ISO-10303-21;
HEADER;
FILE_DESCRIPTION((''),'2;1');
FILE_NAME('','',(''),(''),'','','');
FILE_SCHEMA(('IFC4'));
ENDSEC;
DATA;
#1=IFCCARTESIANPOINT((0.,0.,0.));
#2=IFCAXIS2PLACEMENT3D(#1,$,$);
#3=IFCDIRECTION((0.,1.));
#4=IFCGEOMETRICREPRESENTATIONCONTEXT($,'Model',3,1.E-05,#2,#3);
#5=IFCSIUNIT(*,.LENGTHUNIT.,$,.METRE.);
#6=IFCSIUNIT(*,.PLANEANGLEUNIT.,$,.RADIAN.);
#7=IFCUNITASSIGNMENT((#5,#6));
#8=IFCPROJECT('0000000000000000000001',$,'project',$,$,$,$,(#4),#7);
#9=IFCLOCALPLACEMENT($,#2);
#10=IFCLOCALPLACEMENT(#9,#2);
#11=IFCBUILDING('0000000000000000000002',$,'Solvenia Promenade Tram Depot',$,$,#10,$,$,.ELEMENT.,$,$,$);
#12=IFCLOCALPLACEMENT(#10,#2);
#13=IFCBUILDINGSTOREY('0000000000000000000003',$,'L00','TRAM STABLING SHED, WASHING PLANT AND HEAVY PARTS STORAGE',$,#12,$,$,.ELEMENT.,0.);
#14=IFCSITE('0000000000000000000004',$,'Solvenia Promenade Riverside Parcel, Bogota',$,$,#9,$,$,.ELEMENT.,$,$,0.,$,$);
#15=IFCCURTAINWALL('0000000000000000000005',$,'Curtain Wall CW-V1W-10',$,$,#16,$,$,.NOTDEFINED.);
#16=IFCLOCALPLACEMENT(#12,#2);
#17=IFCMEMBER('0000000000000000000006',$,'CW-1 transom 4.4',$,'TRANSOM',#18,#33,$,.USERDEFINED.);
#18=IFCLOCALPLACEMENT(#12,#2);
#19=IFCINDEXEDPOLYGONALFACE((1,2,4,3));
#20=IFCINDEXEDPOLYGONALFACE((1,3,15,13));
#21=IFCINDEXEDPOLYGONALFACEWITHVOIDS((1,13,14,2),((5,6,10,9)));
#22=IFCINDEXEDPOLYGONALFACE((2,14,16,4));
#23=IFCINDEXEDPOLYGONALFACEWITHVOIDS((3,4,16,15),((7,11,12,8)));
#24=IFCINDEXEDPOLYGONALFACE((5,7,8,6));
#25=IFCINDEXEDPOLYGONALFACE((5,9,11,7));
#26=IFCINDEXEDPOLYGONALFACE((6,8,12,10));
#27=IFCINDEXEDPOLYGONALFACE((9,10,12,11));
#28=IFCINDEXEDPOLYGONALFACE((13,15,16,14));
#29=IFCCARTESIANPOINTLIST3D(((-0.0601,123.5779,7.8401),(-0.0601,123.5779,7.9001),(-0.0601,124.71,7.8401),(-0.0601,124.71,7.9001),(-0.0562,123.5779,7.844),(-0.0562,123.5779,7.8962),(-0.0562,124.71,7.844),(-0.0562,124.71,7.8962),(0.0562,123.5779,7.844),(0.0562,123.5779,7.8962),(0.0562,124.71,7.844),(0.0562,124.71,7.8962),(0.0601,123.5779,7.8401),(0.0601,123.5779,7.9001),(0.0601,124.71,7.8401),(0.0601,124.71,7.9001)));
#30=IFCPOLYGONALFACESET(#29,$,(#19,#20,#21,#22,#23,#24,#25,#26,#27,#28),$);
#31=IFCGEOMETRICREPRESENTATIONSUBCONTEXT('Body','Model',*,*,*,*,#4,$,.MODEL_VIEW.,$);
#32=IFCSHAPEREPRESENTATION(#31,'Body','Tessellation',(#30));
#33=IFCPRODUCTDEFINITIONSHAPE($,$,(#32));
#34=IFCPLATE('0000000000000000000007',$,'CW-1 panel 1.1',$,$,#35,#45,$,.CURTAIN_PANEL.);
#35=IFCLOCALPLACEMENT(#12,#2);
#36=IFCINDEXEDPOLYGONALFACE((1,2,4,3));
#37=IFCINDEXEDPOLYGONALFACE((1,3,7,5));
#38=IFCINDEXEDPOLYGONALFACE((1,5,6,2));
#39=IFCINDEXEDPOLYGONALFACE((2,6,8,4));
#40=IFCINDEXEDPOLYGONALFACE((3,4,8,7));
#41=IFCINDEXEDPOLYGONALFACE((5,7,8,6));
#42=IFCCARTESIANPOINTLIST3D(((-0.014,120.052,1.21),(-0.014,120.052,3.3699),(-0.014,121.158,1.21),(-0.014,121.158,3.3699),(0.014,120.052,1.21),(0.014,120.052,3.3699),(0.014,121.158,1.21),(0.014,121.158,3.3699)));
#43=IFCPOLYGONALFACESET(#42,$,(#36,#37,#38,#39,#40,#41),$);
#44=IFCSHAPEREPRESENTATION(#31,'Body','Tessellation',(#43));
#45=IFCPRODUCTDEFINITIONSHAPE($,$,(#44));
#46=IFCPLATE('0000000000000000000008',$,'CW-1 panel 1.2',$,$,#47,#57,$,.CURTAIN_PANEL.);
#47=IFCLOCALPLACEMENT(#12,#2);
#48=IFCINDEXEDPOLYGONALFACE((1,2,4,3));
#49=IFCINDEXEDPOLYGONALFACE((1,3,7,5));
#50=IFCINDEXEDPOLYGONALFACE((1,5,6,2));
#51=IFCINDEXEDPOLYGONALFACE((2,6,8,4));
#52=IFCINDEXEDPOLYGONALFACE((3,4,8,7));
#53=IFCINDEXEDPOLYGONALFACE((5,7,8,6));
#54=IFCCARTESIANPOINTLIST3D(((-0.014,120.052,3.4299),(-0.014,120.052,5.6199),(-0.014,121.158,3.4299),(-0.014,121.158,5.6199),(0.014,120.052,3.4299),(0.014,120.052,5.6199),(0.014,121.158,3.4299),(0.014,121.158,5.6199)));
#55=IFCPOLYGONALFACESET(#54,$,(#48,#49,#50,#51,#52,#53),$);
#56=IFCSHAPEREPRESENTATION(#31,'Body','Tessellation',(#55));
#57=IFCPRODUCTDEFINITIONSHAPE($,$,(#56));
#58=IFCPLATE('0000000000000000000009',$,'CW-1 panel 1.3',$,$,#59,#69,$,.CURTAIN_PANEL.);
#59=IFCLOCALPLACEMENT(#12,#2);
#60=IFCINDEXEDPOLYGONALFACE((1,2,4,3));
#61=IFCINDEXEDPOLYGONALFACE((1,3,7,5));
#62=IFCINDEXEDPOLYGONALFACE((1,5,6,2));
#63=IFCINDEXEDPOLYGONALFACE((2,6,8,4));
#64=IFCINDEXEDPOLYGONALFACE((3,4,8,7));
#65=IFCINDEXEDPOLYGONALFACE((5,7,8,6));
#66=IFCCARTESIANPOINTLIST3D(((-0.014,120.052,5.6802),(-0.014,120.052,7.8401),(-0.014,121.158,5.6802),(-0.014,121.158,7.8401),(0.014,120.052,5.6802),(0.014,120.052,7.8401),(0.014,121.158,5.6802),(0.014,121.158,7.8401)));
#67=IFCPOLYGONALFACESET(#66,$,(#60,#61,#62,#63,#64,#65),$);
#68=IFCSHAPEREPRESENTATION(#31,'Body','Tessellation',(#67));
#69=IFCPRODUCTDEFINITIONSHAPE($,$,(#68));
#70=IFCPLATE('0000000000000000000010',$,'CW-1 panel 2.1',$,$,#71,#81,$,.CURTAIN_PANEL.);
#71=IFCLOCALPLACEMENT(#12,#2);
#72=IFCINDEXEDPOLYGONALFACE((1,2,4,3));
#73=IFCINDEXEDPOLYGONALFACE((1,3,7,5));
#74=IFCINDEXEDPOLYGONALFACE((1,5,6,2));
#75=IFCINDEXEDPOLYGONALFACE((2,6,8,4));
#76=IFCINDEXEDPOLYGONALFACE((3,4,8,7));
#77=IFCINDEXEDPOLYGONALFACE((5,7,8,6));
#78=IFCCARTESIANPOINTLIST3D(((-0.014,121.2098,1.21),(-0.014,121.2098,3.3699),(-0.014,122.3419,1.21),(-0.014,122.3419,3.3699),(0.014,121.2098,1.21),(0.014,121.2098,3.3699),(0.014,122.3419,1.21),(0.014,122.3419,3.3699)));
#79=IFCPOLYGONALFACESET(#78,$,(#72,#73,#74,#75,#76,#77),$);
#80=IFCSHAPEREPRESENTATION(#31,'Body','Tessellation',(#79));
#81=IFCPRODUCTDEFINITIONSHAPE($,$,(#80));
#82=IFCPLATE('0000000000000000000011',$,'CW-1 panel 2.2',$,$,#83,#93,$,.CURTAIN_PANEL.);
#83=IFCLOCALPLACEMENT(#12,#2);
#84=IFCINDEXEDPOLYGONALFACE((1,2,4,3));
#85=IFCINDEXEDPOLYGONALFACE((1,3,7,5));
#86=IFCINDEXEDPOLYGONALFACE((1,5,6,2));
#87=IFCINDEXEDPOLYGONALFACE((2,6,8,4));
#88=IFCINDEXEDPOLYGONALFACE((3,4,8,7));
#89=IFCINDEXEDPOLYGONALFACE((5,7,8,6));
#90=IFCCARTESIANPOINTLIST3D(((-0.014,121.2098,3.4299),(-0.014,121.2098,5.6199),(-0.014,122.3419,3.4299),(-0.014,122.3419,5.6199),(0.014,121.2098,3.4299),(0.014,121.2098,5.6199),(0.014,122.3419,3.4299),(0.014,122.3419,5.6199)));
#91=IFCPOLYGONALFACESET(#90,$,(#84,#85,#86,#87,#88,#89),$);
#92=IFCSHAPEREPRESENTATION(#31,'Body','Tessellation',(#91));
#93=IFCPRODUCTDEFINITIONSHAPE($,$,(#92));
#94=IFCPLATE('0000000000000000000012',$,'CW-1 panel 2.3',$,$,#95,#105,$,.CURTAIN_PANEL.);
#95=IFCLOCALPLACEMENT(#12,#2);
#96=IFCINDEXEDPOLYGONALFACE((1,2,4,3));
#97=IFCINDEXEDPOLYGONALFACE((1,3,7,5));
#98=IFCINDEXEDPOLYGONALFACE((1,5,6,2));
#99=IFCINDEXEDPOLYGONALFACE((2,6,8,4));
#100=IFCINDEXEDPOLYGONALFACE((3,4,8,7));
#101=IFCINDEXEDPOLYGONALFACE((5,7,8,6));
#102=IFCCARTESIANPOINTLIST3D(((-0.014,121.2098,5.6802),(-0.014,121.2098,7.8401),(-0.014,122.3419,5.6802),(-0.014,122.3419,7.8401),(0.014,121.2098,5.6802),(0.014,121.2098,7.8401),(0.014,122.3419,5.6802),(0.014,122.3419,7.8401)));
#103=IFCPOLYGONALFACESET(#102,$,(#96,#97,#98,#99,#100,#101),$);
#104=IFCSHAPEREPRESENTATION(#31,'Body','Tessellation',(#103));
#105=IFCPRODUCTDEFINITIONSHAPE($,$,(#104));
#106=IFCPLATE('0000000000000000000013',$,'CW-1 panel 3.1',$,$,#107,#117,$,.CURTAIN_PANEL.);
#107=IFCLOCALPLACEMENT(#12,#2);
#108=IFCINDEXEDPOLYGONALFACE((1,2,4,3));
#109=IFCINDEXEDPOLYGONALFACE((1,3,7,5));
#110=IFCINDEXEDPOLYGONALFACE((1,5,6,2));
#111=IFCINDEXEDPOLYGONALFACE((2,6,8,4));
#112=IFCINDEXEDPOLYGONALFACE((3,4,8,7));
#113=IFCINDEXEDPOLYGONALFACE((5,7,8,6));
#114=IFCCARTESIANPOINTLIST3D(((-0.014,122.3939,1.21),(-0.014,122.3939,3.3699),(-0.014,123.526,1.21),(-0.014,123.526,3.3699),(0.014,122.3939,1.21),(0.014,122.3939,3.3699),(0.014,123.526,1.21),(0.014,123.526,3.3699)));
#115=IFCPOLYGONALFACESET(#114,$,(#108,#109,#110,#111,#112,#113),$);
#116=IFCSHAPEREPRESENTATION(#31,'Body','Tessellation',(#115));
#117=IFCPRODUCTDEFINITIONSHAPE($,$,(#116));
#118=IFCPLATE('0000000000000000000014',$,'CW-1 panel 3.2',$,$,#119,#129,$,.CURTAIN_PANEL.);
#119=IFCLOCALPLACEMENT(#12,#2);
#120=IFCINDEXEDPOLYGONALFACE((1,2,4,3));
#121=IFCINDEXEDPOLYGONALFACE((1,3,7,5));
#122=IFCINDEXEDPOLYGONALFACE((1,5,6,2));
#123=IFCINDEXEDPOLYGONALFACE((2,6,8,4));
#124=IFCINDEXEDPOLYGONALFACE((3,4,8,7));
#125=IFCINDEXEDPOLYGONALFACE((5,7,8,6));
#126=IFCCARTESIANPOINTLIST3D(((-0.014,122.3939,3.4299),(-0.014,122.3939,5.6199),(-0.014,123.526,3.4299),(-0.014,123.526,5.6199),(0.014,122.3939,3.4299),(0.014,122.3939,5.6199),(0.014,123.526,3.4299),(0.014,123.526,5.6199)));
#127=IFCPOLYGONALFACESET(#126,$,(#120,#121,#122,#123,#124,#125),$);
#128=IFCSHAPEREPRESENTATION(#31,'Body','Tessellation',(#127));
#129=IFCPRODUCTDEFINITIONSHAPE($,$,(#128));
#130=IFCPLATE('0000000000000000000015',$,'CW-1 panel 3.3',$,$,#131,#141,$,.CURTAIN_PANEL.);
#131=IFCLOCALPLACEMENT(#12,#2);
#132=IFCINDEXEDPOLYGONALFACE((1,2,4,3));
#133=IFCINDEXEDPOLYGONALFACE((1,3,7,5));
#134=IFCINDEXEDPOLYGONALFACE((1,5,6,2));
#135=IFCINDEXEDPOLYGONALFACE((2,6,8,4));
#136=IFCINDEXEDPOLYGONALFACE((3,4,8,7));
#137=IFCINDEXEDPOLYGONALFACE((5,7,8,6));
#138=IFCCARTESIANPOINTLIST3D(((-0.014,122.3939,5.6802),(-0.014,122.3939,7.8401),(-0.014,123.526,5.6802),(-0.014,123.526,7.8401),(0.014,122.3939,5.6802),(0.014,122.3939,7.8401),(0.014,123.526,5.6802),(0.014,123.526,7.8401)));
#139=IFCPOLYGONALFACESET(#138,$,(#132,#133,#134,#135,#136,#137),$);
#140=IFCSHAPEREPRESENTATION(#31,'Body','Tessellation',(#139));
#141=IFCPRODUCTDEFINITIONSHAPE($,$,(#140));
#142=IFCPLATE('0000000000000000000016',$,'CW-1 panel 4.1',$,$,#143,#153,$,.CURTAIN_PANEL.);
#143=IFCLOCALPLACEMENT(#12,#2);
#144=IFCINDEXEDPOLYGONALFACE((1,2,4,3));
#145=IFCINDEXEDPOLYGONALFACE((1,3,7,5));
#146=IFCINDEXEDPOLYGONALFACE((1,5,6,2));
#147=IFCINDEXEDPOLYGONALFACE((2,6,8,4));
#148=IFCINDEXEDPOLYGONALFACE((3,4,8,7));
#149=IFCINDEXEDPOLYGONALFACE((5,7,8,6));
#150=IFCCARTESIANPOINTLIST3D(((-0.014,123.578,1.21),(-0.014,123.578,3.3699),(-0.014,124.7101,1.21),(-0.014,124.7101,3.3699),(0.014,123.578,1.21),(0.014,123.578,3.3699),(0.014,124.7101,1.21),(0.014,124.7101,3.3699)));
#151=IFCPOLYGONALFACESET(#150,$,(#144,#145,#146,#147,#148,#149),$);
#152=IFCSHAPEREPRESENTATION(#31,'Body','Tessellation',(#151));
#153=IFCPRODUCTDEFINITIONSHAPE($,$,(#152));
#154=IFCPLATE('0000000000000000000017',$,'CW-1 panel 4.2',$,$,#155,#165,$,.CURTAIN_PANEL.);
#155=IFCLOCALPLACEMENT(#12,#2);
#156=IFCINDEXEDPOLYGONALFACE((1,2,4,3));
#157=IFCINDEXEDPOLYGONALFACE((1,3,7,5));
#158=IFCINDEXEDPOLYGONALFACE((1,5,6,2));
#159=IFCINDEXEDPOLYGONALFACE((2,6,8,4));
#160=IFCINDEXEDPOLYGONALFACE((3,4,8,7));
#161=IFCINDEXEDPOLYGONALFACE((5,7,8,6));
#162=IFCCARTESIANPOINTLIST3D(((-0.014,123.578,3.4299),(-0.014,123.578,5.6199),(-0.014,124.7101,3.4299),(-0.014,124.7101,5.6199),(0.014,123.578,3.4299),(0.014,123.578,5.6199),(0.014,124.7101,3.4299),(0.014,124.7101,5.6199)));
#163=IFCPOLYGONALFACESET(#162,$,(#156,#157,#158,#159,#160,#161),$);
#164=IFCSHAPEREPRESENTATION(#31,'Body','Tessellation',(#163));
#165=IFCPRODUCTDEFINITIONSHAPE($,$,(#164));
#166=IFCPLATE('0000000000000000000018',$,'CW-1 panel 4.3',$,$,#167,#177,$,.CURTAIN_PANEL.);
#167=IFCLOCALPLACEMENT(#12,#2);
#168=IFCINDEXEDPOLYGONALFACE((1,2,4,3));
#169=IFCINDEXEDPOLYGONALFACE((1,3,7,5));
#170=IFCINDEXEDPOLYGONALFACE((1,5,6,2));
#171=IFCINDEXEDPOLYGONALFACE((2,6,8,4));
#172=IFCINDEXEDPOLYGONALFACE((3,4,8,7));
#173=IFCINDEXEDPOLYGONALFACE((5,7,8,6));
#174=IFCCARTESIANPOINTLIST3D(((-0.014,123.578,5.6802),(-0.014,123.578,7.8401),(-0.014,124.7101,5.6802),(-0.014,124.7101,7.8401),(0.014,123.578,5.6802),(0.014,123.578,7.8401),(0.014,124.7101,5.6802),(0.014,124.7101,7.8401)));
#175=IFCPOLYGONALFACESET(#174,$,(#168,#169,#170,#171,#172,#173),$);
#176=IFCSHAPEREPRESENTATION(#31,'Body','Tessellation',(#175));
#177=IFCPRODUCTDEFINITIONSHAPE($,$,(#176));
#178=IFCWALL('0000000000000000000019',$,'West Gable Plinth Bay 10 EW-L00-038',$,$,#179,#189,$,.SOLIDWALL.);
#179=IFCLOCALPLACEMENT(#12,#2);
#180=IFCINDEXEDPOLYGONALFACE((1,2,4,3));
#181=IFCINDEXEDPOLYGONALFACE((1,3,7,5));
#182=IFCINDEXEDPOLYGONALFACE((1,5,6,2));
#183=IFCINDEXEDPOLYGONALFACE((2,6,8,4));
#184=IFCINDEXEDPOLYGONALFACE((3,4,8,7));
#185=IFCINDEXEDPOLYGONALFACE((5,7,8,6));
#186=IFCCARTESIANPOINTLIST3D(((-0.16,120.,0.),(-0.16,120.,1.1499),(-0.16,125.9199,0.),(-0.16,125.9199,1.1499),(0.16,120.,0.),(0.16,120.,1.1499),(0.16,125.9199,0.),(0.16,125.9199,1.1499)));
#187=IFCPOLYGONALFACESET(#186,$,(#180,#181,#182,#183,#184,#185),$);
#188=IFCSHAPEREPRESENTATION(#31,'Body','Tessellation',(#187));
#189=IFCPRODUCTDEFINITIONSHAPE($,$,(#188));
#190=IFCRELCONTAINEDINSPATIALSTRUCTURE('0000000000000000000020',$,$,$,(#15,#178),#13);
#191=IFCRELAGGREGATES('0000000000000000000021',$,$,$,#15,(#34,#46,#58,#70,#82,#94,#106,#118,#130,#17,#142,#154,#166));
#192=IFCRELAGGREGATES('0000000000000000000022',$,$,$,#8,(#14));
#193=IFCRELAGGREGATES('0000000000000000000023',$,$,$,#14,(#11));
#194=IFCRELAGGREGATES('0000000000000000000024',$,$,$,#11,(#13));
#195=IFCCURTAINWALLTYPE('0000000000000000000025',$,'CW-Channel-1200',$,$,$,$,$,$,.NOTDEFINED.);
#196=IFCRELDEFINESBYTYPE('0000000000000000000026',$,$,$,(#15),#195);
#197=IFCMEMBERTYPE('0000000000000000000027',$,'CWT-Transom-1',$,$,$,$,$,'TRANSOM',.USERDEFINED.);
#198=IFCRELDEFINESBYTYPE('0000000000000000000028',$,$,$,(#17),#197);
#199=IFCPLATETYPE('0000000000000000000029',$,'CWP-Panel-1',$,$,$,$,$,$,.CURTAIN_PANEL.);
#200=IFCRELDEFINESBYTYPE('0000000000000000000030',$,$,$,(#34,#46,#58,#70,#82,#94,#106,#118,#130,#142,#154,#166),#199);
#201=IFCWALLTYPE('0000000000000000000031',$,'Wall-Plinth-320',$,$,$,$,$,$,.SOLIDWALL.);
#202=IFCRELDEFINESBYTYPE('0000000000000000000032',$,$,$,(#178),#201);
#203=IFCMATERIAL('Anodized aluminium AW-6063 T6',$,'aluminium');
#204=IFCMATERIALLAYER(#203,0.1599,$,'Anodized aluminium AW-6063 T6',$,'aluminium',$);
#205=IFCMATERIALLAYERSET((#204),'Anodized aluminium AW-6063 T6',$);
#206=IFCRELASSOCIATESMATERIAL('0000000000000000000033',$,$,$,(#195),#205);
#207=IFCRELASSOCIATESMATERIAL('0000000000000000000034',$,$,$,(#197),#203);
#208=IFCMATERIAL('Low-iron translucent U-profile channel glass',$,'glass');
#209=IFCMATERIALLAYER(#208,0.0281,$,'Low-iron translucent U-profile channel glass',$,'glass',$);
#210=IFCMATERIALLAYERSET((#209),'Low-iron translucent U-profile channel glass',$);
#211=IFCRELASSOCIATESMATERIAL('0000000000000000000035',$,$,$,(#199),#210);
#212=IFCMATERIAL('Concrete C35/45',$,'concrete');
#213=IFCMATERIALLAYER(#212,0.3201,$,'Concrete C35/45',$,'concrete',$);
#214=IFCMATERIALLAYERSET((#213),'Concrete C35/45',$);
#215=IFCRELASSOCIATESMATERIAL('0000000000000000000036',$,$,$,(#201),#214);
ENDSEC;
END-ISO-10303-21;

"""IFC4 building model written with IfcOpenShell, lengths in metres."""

from ifc_helpers import new_model, si_unit, direction, frame, frame_2d, origin, origin_2d, place, context, subcontext, project, spatial, rectangle, hollow_rectangle, extrude, material, layer, layer_set, material_profile, profile_set, type_object, element, aggregate, save


model = new_model("IFC4")

# Units and contexts
model_context = context("Model", 3, precision=1e-05, world=origin(), true_north=direction((0.0, 1.0)))
body_context = subcontext(model_context, "Body", "Model", "MODEL_VIEW")
ifc_project = project(units=[si_unit("LENGTHUNIT", "METRE"), si_unit("PLANEANGLEUNIT", "RADIAN")], contexts=[model_context])

# Site, building, storey
site_placement = place(None, origin())
site = spatial("IfcSite", under=ifc_project, at=site_placement, Name="Solvenia Promenade Riverside Parcel, Bogota", CompositionType="ELEMENT", RefElevation=0.0)
building_placement = place(site_placement, origin())
building = spatial("IfcBuilding", under=site, at=building_placement, Name="Solvenia Promenade Tram Depot", CompositionType="ELEMENT")
storey_placement = place(building_placement, origin())
storey = spatial("IfcBuildingStorey", under=building, at=storey_placement, Name="L00", Description="TRAM STABLING SHED, WASHING PLANT AND HEAVY PARTS STORAGE", CompositionType="ELEMENT", Elevation=0.0)

# Curtain wall, member, plates
ifc_material_1 = material(Name="Anodized aluminium AW-6063 T6", Category="aluminium")
ifc_layer_1 = layer(ifc_material_1, 0.1599, Name="Anodized aluminium AW-6063 T6", Category="aluminium")
ifc_layer_set_1 = layer_set([ifc_layer_1], Name="Anodized aluminium AW-6063 T6")
curtain_wall_type = type_object("IfcCurtainWallType", Name="CW-Channel-1200", PredefinedType="NOTDEFINED", material=ifc_layer_set_1)
curtain_wall_placement = place(storey_placement, origin())
curtain_wall = element("IfcCurtainWall", 1, at=curtain_wall_placement, inside=storey, type_object=curtain_wall_type, Name="Curtain Wall CW-V1W-10", PredefinedType="NOTDEFINED")
ifc_material_profile_1 = material_profile(ifc_material_1, hollow_rectangle(XDim=0.1201, YDim=0.0601, WallThickness=0.0039, at=origin_2d()), Name="ALU-T1", Category="aluminium")
ifc_profile_set_1 = profile_set([ifc_material_profile_1], Name="Anodized aluminium AW-6063 T6")
member_type_1 = type_object("IfcMemberType", Name="CWT-Transom-1", ElementType="TRANSOM", PredefinedType="USERDEFINED", material=ifc_profile_set_1)
member_1_placement = place(storey_placement, frame((0.0, 123.5779, 7.8701), z_axis=(0.0, 1.0, 0.0), x_axis=(-1.0, 0.0, 0.0)))
member_1 = element("IfcMember", 2, at=member_1_placement, type_object=member_type_1, Name="CW-1 transom 4.4", ObjectType="TRANSOM", PredefinedType="USERDEFINED", context=body_context, shape_type="SweptSolid", body=[
    extrude(hollow_rectangle(XDim=0.1201, YDim=0.0601, WallThickness=0.0039, at=origin_2d()), origin(), (0.0, 0.0, 1.0), 1.1321),
])
ifc_material_2 = material(Name="Low-iron translucent U-profile channel glass", Category="glass")
ifc_layer_2 = layer(ifc_material_2, 0.0281, Name="Low-iron translucent U-profile channel glass", Category="glass")
ifc_layer_set_2 = layer_set([ifc_layer_2], Name="Low-iron translucent U-profile channel glass")
plate_type = type_object("IfcPlateType", Name="CWP-Panel-1", PredefinedType="CURTAIN_PANEL", material=ifc_layer_set_2)
plate_1_placement = place(storey_placement, frame((0.0, 120.605, 1.21), z_axis=(0.0, 0.0, 1.0), x_axis=(0.0, 1.0, 0.0)))
plate_1 = element("IfcPlate", 3, at=plate_1_placement, type_object=plate_type, Name="CW-1 panel 1.1", PredefinedType="CURTAIN_PANEL", context=body_context, shape_type="SweptSolid", body=[
    extrude(rectangle(XDim=1.106, YDim=0.0281, at=origin_2d()), origin(), (0.0, 0.0, 1.0), 2.1599),
])
plate_2_placement = place(storey_placement, frame((0.0, 120.605, 3.4299), z_axis=(0.0, 0.0, 1.0), x_axis=(0.0, 1.0, 0.0)))
plate_2 = element("IfcPlate", 4, at=plate_2_placement, type_object=plate_type, Name="CW-1 panel 1.2", PredefinedType="CURTAIN_PANEL", context=body_context, shape_type="SweptSolid", body=[
    extrude(rectangle(XDim=1.106, YDim=0.0281, at=origin_2d()), origin(), (0.0, 0.0, 1.0), 2.1899),
])
plate_3_placement = place(storey_placement, frame((0.0, 120.605, 5.6802), z_axis=(0.0, 0.0, 1.0), x_axis=(0.0, 1.0, 0.0)))
plate_3 = element("IfcPlate", 5, at=plate_3_placement, type_object=plate_type, Name="CW-1 panel 1.3", PredefinedType="CURTAIN_PANEL", context=body_context, shape_type="SweptSolid", body=[
    extrude(rectangle(XDim=1.106, YDim=0.0281, at=origin_2d()), origin(), (0.0, 0.0, 1.0), 2.1599),
])
plate_4_placement = place(storey_placement, frame((0.0, 121.7759, 1.21), z_axis=(0.0, 0.0, 1.0), x_axis=(0.0, 1.0, 0.0)))
plate_4 = element("IfcPlate", 6, at=plate_4_placement, type_object=plate_type, Name="CW-1 panel 2.1", PredefinedType="CURTAIN_PANEL", context=body_context, shape_type="SweptSolid", body=[
    extrude(rectangle(XDim=1.1321, YDim=0.0281, at=origin_2d()), origin(), (0.0, 0.0, 1.0), 2.1599),
])
plate_5_placement = place(storey_placement, frame((0.0, 121.7759, 3.4299), z_axis=(0.0, 0.0, 1.0), x_axis=(0.0, 1.0, 0.0)))
plate_5 = element("IfcPlate", 7, at=plate_5_placement, type_object=plate_type, Name="CW-1 panel 2.2", PredefinedType="CURTAIN_PANEL", context=body_context, shape_type="SweptSolid", body=[
    extrude(rectangle(XDim=1.1321, YDim=0.0281, at=origin_2d()), origin(), (0.0, 0.0, 1.0), 2.1899),
])
plate_6_placement = place(storey_placement, frame((0.0, 121.7759, 5.6802), z_axis=(0.0, 0.0, 1.0), x_axis=(0.0, 1.0, 0.0)))
plate_6 = element("IfcPlate", 8, at=plate_6_placement, type_object=plate_type, Name="CW-1 panel 2.3", PredefinedType="CURTAIN_PANEL", context=body_context, shape_type="SweptSolid", body=[
    extrude(rectangle(XDim=1.1321, YDim=0.0281, at=origin_2d()), origin(), (0.0, 0.0, 1.0), 2.1599),
])
plate_7_placement = place(storey_placement, frame((0.0, 122.96, 1.21), z_axis=(0.0, 0.0, 1.0), x_axis=(0.0, 1.0, 0.0)))
plate_7 = element("IfcPlate", 9, at=plate_7_placement, type_object=plate_type, Name="CW-1 panel 3.1", PredefinedType="CURTAIN_PANEL", context=body_context, shape_type="SweptSolid", body=[
    extrude(rectangle(XDim=1.1321, YDim=0.0281, at=origin_2d()), origin(), (0.0, 0.0, 1.0), 2.1599),
])
plate_8_placement = place(storey_placement, frame((0.0, 122.96, 3.4299), z_axis=(0.0, 0.0, 1.0), x_axis=(0.0, 1.0, 0.0)))
plate_8 = element("IfcPlate", 10, at=plate_8_placement, type_object=plate_type, Name="CW-1 panel 3.2", PredefinedType="CURTAIN_PANEL", context=body_context, shape_type="SweptSolid", body=[
    extrude(rectangle(XDim=1.1321, YDim=0.0281, at=origin_2d()), origin(), (0.0, 0.0, 1.0), 2.1899),
])
plate_9_placement = place(storey_placement, frame((0.0, 122.96, 5.6802), z_axis=(0.0, 0.0, 1.0), x_axis=(0.0, 1.0, 0.0)))
plate_9 = element("IfcPlate", 11, at=plate_9_placement, type_object=plate_type, Name="CW-1 panel 3.3", PredefinedType="CURTAIN_PANEL", context=body_context, shape_type="SweptSolid", body=[
    extrude(rectangle(XDim=1.1321, YDim=0.0281, at=origin_2d()), origin(), (0.0, 0.0, 1.0), 2.1599),
])
plate_10_placement = place(storey_placement, frame((0.0, 124.144, 1.21), z_axis=(0.0, 0.0, 1.0), x_axis=(0.0, 1.0, 0.0)))
plate_10 = element("IfcPlate", 12, at=plate_10_placement, type_object=plate_type, Name="CW-1 panel 4.1", PredefinedType="CURTAIN_PANEL", context=body_context, shape_type="SweptSolid", body=[
    extrude(rectangle(XDim=1.1321, YDim=0.0281, at=origin_2d()), origin(), (0.0, 0.0, 1.0), 2.1599),
])
plate_11_placement = place(storey_placement, frame((0.0, 124.144, 3.4299), z_axis=(0.0, 0.0, 1.0), x_axis=(0.0, 1.0, 0.0)))
plate_11 = element("IfcPlate", 13, at=plate_11_placement, type_object=plate_type, Name="CW-1 panel 4.2", PredefinedType="CURTAIN_PANEL", context=body_context, shape_type="SweptSolid", body=[
    extrude(rectangle(XDim=1.1321, YDim=0.0281, at=origin_2d()), origin(), (0.0, 0.0, 1.0), 2.1899),
])
plate_12_placement = place(storey_placement, frame((0.0, 124.144, 5.6802), z_axis=(0.0, 0.0, 1.0), x_axis=(0.0, 1.0, 0.0)))
plate_12 = element("IfcPlate", 14, at=plate_12_placement, type_object=plate_type, Name="CW-1 panel 4.3", PredefinedType="CURTAIN_PANEL", context=body_context, shape_type="SweptSolid", body=[
    extrude(rectangle(XDim=1.1321, YDim=0.0281, at=origin_2d()), origin(), (0.0, 0.0, 1.0), 2.1599),
])
aggregate(curtain_wall, [plate_1, plate_2, plate_3, plate_4, plate_5, plate_6, plate_7, plate_8, plate_9, member_1, plate_10, plate_11, plate_12])

# Wall
ifc_material_3 = material(Name="Concrete C35/45", Category="concrete")
ifc_layer_3 = layer(ifc_material_3, 0.3201, Name="Concrete C35/45", Category="concrete")
ifc_layer_set_3 = layer_set([ifc_layer_3], Name="Concrete C35/45")
wall_type = type_object("IfcWallType", Name="Wall-Plinth-320", PredefinedType="SOLIDWALL", material=ifc_layer_set_3)
wall_placement = place(storey_placement, frame((0.0, 120.0, 0.0), z_axis=(0.0, 0.0, 1.0), x_axis=(0.0, 1.0, 0.0)))
element("IfcWall", 15, at=wall_placement, inside=storey, type_object=wall_type, Name="West Gable Plinth Bay 10 EW-L00-038", PredefinedType="SOLIDWALL", context=body_context, shape_type="SweptSolid", body=[
    extrude(rectangle(XDim=5.9199, YDim=0.3201, at=frame_2d((2.96, 0.0))), origin(), (0.0, 0.0, 1.0), 1.1499),
])

save(model, "model.ifc")
